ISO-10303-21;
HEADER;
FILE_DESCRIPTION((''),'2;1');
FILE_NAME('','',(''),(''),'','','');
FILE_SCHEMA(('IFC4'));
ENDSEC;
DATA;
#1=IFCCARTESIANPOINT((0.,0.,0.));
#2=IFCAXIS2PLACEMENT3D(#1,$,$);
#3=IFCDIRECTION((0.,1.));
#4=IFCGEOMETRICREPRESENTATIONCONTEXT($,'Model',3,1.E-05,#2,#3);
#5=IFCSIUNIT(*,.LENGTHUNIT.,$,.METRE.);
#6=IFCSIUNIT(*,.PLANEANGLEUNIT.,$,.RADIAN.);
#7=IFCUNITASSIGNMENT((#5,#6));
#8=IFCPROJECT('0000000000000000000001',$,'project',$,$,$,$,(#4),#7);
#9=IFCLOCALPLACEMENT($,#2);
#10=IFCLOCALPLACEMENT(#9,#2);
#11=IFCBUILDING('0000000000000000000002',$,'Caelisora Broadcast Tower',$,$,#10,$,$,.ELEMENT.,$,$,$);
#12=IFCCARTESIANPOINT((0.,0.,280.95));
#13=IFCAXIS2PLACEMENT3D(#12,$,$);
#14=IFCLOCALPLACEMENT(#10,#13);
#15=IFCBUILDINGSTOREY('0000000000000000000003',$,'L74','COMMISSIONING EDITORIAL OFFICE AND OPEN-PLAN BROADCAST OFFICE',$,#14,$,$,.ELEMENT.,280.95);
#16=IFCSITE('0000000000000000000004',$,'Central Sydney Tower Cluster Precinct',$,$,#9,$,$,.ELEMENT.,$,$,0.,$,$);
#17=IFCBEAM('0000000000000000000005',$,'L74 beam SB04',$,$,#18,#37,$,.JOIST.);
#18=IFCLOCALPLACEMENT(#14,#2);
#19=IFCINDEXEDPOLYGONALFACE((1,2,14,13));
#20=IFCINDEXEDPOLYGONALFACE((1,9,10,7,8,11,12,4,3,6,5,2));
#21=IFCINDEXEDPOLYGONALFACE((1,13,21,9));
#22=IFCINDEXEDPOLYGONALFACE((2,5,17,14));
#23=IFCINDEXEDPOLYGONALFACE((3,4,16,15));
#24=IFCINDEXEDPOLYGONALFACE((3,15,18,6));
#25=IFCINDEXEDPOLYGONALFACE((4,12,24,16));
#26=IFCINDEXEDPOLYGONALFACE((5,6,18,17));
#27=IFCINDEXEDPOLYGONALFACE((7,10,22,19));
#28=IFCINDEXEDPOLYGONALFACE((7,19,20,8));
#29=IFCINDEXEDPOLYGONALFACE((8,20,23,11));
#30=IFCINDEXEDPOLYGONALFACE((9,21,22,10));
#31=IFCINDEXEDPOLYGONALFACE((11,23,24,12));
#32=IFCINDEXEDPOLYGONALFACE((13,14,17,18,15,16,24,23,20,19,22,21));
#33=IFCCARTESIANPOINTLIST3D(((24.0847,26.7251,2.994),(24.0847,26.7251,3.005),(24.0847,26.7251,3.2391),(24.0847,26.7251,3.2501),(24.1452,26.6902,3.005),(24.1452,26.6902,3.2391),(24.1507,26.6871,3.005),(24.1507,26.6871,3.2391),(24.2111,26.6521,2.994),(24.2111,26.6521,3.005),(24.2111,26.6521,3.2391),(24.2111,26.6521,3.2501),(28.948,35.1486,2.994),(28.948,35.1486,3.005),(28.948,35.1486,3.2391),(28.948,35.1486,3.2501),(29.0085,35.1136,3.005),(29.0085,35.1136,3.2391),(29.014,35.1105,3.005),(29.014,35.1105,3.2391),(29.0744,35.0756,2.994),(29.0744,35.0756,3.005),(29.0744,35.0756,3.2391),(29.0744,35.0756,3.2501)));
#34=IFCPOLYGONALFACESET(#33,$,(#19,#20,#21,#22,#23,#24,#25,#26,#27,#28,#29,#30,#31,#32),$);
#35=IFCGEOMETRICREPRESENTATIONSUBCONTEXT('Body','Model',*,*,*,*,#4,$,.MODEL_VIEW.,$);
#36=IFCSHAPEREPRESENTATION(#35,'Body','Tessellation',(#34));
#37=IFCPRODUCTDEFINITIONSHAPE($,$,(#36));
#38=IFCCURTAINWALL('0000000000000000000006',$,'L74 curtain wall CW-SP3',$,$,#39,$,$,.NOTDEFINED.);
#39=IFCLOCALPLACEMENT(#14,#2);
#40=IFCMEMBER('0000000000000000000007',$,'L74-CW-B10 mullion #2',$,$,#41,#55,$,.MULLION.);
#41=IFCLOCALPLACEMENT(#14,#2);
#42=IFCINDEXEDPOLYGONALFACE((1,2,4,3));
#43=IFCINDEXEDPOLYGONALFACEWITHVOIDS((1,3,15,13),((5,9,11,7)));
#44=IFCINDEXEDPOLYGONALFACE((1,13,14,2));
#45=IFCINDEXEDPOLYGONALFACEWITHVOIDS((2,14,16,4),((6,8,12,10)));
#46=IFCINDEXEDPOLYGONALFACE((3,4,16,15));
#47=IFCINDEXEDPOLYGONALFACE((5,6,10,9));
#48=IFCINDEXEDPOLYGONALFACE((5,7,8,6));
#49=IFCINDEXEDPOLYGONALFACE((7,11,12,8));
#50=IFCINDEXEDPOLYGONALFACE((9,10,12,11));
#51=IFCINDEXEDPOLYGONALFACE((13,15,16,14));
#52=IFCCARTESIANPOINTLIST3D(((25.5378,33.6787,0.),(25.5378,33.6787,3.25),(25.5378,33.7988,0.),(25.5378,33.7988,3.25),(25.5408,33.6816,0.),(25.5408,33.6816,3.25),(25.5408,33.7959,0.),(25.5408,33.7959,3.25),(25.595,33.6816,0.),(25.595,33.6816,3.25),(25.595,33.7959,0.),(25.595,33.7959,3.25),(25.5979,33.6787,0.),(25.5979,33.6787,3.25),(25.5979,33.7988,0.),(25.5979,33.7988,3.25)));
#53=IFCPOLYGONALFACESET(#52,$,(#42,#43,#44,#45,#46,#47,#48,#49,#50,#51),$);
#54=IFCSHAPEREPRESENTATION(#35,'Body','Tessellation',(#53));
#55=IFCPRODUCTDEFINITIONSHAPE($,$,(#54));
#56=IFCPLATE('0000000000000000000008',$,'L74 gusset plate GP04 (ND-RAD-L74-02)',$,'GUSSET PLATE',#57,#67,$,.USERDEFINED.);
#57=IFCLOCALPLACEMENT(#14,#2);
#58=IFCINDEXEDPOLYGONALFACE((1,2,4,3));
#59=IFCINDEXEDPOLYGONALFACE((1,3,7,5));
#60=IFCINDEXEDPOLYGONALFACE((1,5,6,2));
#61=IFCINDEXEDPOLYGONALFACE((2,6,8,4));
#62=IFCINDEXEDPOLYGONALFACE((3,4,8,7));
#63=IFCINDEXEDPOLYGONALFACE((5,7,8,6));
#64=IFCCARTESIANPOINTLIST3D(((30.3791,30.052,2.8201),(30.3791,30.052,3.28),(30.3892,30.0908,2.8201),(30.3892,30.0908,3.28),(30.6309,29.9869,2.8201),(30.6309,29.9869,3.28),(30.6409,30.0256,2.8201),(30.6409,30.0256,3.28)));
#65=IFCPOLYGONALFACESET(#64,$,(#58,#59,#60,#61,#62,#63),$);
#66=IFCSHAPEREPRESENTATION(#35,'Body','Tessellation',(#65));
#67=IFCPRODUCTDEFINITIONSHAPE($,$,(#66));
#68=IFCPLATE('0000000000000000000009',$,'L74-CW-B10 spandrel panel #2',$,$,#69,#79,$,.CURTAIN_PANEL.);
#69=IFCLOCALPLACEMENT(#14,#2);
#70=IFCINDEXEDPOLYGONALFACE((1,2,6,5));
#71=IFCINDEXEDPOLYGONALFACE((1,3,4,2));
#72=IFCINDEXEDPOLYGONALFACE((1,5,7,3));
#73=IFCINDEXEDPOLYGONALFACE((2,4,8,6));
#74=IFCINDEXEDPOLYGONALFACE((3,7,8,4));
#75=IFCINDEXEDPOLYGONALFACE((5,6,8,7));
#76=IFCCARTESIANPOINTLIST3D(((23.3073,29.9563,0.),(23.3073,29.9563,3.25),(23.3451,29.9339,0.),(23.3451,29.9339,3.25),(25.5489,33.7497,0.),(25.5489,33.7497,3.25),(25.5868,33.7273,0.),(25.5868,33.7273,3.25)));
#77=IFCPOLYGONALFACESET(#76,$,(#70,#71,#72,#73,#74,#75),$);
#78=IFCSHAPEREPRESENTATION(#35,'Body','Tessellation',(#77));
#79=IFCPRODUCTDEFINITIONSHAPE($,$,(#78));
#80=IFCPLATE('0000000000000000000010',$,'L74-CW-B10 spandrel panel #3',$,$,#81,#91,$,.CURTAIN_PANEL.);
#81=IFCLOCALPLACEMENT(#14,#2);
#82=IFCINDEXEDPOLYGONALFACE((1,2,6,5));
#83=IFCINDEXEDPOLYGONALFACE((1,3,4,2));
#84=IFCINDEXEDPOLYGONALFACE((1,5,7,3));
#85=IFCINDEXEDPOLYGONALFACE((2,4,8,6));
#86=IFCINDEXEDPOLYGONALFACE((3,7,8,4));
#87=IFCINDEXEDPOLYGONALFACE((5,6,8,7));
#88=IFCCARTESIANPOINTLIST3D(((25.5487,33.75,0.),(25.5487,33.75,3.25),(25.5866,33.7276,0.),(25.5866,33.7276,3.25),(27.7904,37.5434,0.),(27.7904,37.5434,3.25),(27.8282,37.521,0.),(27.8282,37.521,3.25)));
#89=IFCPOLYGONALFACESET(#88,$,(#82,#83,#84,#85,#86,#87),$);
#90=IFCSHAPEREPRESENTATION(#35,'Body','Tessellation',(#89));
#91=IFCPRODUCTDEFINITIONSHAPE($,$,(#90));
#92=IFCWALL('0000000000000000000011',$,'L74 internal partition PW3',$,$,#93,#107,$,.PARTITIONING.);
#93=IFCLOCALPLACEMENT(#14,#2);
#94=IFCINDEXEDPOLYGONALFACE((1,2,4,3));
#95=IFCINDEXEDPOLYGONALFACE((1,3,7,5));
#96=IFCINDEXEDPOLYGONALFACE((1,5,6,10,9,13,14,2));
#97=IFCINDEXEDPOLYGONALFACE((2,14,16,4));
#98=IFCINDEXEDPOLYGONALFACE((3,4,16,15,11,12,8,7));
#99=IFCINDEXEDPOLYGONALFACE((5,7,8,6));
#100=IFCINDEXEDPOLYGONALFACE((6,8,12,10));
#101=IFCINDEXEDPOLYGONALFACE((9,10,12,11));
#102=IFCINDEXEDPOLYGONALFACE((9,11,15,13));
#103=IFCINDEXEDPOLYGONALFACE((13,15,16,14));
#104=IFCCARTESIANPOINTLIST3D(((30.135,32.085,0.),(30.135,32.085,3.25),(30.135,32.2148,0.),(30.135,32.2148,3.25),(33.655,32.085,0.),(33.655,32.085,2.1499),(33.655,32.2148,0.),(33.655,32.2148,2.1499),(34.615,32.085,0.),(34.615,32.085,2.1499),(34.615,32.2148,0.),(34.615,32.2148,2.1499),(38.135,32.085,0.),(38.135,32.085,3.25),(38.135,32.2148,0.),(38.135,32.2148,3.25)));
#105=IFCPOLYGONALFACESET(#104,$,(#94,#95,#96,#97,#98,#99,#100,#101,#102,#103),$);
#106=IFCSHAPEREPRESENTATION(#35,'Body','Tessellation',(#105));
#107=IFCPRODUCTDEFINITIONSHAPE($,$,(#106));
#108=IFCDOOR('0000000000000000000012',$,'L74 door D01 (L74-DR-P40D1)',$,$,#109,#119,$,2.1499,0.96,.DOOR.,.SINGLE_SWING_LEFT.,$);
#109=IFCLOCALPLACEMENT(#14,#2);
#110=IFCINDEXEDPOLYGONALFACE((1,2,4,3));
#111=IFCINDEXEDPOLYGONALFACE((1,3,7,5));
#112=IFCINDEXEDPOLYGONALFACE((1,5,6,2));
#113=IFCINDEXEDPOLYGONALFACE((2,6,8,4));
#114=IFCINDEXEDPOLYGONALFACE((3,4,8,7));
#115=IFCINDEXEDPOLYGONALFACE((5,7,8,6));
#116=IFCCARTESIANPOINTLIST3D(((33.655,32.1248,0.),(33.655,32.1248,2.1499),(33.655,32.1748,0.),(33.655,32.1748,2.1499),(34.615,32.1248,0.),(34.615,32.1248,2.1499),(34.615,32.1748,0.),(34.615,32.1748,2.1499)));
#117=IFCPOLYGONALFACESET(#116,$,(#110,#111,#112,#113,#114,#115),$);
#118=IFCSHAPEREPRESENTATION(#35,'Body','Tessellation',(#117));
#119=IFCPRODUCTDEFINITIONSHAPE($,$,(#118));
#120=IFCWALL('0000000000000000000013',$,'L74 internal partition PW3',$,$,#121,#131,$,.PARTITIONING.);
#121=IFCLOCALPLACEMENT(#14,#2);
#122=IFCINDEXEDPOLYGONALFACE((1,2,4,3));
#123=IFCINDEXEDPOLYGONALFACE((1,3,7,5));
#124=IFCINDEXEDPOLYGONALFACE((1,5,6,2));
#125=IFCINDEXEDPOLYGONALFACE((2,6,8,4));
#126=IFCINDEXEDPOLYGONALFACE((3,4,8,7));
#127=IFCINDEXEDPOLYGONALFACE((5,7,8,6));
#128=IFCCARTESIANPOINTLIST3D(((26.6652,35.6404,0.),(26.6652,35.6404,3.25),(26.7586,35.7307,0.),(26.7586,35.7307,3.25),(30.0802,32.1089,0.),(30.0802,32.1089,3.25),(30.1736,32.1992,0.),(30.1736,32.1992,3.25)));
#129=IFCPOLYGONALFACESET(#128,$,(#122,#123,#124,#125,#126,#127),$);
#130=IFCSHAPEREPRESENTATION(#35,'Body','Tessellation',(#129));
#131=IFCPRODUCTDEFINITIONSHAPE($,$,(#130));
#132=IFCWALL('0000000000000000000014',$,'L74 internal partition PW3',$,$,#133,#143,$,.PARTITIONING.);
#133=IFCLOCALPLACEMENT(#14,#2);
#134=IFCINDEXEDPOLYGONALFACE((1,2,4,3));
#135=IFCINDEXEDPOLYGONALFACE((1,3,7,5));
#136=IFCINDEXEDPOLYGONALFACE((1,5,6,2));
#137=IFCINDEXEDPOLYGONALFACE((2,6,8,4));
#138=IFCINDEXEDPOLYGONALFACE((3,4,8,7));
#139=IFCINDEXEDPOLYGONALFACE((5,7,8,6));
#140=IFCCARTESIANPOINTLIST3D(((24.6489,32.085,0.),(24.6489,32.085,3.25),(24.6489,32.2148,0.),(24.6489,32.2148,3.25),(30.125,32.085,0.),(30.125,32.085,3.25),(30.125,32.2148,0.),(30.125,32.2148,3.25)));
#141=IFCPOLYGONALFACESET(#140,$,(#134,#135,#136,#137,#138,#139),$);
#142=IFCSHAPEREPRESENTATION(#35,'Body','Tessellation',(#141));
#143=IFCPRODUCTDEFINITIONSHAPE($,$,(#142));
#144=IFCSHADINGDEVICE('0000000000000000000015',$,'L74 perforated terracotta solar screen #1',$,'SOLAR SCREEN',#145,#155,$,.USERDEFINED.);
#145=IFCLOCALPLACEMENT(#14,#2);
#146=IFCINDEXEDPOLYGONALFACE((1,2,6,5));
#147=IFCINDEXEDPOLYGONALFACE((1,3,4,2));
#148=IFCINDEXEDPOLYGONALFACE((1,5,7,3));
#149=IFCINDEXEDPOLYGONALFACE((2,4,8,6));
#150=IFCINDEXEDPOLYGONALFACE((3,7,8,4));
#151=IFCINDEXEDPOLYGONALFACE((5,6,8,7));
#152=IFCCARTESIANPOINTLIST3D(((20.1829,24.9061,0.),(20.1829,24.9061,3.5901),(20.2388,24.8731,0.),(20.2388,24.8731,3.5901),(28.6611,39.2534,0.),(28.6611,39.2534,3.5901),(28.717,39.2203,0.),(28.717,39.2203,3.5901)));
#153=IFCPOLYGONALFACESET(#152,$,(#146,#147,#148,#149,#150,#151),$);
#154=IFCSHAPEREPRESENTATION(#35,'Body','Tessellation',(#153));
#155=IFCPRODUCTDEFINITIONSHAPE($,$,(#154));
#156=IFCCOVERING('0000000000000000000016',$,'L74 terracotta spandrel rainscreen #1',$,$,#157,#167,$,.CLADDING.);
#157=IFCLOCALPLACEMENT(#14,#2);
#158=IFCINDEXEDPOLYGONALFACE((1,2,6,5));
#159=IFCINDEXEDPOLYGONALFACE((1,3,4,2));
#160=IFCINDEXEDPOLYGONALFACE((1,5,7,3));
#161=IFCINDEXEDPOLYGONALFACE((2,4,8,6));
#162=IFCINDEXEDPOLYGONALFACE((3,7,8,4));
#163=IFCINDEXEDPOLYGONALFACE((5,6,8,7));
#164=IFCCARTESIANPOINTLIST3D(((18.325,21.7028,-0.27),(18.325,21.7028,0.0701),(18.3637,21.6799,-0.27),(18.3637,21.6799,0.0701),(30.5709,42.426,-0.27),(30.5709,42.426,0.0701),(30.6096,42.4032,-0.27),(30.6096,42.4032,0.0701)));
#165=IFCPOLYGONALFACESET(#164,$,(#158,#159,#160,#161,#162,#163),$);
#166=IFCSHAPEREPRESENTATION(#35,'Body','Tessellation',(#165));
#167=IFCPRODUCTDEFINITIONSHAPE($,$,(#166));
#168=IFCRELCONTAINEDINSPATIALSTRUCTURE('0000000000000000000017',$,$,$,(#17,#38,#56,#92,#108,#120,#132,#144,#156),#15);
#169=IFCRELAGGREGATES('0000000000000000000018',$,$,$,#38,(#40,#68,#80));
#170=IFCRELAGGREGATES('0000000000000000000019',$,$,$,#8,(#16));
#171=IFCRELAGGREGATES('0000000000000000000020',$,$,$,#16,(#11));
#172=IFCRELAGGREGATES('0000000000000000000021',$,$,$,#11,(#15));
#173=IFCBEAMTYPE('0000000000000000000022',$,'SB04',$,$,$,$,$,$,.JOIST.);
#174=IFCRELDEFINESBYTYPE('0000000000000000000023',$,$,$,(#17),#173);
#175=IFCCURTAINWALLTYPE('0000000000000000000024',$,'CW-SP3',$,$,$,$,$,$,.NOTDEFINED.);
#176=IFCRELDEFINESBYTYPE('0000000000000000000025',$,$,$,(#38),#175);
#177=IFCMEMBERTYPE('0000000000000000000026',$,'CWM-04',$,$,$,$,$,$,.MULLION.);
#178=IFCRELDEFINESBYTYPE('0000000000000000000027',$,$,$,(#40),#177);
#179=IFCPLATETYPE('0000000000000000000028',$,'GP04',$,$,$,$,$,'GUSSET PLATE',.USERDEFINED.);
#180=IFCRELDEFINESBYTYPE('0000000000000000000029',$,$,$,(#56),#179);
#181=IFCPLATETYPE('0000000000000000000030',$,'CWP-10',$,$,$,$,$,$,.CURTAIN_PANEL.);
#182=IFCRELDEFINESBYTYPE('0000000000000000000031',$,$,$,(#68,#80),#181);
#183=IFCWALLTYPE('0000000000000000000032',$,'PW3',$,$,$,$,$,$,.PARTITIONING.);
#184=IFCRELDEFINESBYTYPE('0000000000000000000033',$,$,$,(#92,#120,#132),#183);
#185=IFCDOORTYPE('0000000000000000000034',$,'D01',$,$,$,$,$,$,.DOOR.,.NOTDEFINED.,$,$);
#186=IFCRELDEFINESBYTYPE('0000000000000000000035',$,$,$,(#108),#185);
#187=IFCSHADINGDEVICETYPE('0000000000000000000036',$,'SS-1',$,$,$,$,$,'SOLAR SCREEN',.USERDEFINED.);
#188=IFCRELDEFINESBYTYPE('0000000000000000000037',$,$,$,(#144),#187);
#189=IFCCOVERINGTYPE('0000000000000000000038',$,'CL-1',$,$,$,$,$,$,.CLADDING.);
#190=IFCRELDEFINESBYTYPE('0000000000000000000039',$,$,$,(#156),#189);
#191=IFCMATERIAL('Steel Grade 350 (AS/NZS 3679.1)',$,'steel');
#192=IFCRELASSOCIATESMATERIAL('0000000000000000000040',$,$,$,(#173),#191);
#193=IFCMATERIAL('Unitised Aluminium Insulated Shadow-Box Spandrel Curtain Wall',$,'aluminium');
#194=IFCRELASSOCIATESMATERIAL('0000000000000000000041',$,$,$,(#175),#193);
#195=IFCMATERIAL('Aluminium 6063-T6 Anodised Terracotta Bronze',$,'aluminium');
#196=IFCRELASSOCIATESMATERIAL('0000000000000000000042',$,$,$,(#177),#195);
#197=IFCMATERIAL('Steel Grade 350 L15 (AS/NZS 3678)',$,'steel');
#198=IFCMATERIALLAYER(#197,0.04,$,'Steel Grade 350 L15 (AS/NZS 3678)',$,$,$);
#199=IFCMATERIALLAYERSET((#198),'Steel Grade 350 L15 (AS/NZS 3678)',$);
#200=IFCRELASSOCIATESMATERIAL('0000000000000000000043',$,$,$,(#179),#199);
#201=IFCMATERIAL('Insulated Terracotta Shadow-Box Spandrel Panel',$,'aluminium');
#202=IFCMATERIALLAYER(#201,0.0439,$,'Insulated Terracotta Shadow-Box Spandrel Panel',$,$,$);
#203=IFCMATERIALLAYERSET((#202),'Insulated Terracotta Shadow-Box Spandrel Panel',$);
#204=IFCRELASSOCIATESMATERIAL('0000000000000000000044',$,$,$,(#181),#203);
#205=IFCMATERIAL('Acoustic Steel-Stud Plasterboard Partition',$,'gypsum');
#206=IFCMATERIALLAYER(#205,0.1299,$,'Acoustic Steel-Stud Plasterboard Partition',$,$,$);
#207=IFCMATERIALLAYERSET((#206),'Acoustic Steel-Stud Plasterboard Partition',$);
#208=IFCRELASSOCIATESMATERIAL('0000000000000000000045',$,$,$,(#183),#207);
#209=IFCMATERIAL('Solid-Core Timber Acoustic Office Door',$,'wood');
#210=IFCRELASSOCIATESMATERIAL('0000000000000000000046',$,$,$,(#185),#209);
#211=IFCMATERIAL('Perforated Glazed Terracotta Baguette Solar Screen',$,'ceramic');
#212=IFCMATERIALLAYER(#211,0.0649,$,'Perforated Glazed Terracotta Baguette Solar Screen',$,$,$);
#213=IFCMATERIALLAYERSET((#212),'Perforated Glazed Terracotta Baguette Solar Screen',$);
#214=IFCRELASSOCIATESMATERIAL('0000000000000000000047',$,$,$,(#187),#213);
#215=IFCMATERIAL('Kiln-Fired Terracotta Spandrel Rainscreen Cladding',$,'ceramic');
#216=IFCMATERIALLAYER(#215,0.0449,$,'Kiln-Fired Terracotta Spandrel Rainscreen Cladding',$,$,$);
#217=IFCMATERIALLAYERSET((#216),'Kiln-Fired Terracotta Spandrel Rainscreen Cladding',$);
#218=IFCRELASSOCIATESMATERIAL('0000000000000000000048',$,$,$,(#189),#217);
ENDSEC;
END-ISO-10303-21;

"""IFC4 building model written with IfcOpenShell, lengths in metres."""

from ifc_helpers import new_model, si_unit, direction, frame, frame_2d, origin, origin_2d, place, context, subcontext, project, spatial, rectangle, hollow_rectangle, i_section, extrude, source, transform, mapped, material, layer, layer_set, material_profile, profile_set, type_object, type_shapes, element, fill, aggregate, save


model = new_model("IFC4")

# Units and contexts
model_context = context("Model", 3, precision=1e-05, world=origin(), true_north=direction((0.0, 1.0)))
body_context = subcontext(model_context, "Body", "Model", "MODEL_VIEW")
ifc_project = project(units=[si_unit("LENGTHUNIT", "METRE"), si_unit("PLANEANGLEUNIT", "RADIAN")], contexts=[model_context])

# Site, building, storey
site_placement = place(None, origin())
site = spatial("IfcSite", under=ifc_project, at=site_placement, Name="Central Sydney Tower Cluster Precinct", CompositionType="ELEMENT", RefElevation=0.0)
building_placement = place(site_placement, origin())
building = spatial("IfcBuilding", under=site, at=building_placement, Name="Caelisora Broadcast Tower", CompositionType="ELEMENT")
storey_placement = place(building_placement, frame((0.0, 0.0, 280.95)))
storey = spatial("IfcBuildingStorey", under=building, at=storey_placement, Name="L74", Description="COMMISSIONING EDITORIAL OFFICE AND OPEN-PLAN BROADCAST OFFICE", CompositionType="ELEMENT", Elevation=280.95)

# Shared definitions
ifc_material_1 = material(Name="Steel Grade 350 L15 (AS/NZS 3678)", Category="steel")

# Beam
ifc_material_2 = material(Name="Steel Grade 350 (AS/NZS 3679.1)", Category="steel")
ifc_material_profile_1 = material_profile(ifc_material_2, i_section(OverallWidth=0.146, OverallDepth=0.2561, WebThickness=0.0063, FlangeThickness=0.011, at=origin_2d()), Name="Steel Grade 350 (AS/NZS 3679.1)")
ifc_profile_set_1 = profile_set([ifc_material_profile_1], Name="Steel Grade 350 (AS/NZS 3679.1)")
beam_type_1 = type_object("IfcBeamType", Name="SB04", PredefinedType="JOIST", material=ifc_profile_set_1)
shared_shape_1 = source(origin(), body_context, "Body", "SweptSolid", [
    extrude(i_section(OverallWidth=0.146, OverallDepth=0.2561, WebThickness=0.0063, FlangeThickness=0.011, at=origin_2d()), origin(), (0.0, 0.0, 1.0), 9.7266),
])
beam_1_placement = place(storey_placement, frame((29.0112, 35.1121, 3.1221), z_axis=(-0.500005, -0.866023, 0.0), x_axis=(0.866023, -0.500005, 0.0)))
element("IfcBeam", 1, at=beam_1_placement, inside=storey, type_object=beam_type_1, Name="L74 beam SB04", PredefinedType="JOIST", context=body_context, shape_type="MappedRepresentation", body=[
    mapped(shared_shape_1, transform((0.0, 0.0, 0.0), scale=1.0)),
])

# Curtain wall, member
ifc_material_3 = material(Name="Unitised Aluminium Insulated Shadow-Box Spandrel Curtain Wall", Category="aluminium")
curtain_wall_type = type_object("IfcCurtainWallType", Name="CW-SP3", PredefinedType="NOTDEFINED", material=ifc_material_3)
curtain_wall_placement = place(storey_placement, origin())
curtain_wall = element("IfcCurtainWall", 2, at=curtain_wall_placement, inside=storey, type_object=curtain_wall_type, Name="L74 curtain wall CW-SP3", PredefinedType="NOTDEFINED")
ifc_material_4 = material(Name="Aluminium 6063-T6 Anodised Terracotta Bronze", Category="aluminium")
ifc_material_profile_2 = material_profile(ifc_material_4, hollow_rectangle(XDim=0.0601, YDim=0.1201, WallThickness=0.0029, at=origin_2d()), Name="Aluminium 6063-T6 Anodised Terracotta Bronze")
ifc_profile_set_2 = profile_set([ifc_material_profile_2], Name="Aluminium 6063-T6 Anodised Terracotta Bronze")
member_type = type_object("IfcMemberType", Name="CWM-04", PredefinedType="MULLION", material=ifc_profile_set_2)
shared_shape_2 = source(origin(), body_context, "Body", "SweptSolid", [
    extrude(hollow_rectangle(XDim=0.0601, YDim=0.1201, WallThickness=0.0029, at=origin_2d()), origin(), (0.0, 0.0, 1.0), 3.25),
])
type_shapes(member_type, [shared_shape_2])
member_placement = place(storey_placement, frame((25.5679, 33.7388, 0.0), z_axis=(0.0, 0.0, 1.0), x_axis=(1.0, 0.0, 0.0)))
member = element("IfcMember", 3, at=member_placement, type_object=member_type, Name="L74-CW-B10 mullion #2", PredefinedType="MULLION", context=body_context, shape_type="MappedRepresentation", body=[
    mapped(shared_shape_2, transform((0.0, 0.0, 0.0), scale=1.0)),
])

# Plates
ifc_layer_1 = layer(ifc_material_1, 0.04, Name="Steel Grade 350 L15 (AS/NZS 3678)")
ifc_layer_set_1 = layer_set([ifc_layer_1], Name="Steel Grade 350 L15 (AS/NZS 3678)")
plate_type_1 = type_object("IfcPlateType", Name="GP04", ElementType="GUSSET PLATE", PredefinedType="USERDEFINED", material=ifc_layer_set_1)
shared_shape_3 = source(origin(), body_context, "Body", "SweptSolid", [
    extrude(rectangle(XDim=0.26, YDim=0.04, at=origin_2d()), origin(), (0.0, 0.0, 1.0), 0.46),
])
type_shapes(plate_type_1, [shared_shape_3])
plate_1_placement = place(storey_placement, frame((30.51, 30.0388, 2.8201), z_axis=(0.0, 0.0, 1.0), x_axis=(-0.968104, 0.250549, 0.0)))
element("IfcPlate", 4, at=plate_1_placement, inside=storey, type_object=plate_type_1, Name="L74 gusset plate GP04 (ND-RAD-L74-02)", ObjectType="GUSSET PLATE", PredefinedType="USERDEFINED", context=body_context, shape_type="MappedRepresentation", body=[
    mapped(shared_shape_3, transform((0.0, 0.0, 0.0), scale=1.0)),
])
ifc_material_5 = material(Name="Insulated Terracotta Shadow-Box Spandrel Panel", Category="aluminium")
ifc_layer_2 = layer(ifc_material_5, 0.0439, Name="Insulated Terracotta Shadow-Box Spandrel Panel")
ifc_layer_set_2 = layer_set([ifc_layer_2], Name="Insulated Terracotta Shadow-Box Spandrel Panel")
plate_type_2 = type_object("IfcPlateType", Name="CWP-10", PredefinedType="CURTAIN_PANEL", material=ifc_layer_set_2)
shared_shape_4 = source(origin(), body_context, "Body", "SweptSolid", [
    extrude(rectangle(XDim=4.4062, YDim=0.0439, at=origin_2d()), origin(), (0.0, 0.0, 1.0), 3.25),
])
type_shapes(plate_type_2, [shared_shape_4])
plate_2_placement = place(storey_placement, frame((24.447, 31.8418, 0.0), z_axis=(0.0, 0.0, 1.0), x_axis=(0.508741, 0.86092, 0.0)))
plate_2 = element("IfcPlate", 5, at=plate_2_placement, type_object=plate_type_2, Name="L74-CW-B10 spandrel panel #2", PredefinedType="CURTAIN_PANEL", context=body_context, shape_type="MappedRepresentation", body=[
    mapped(shared_shape_4, transform((0.0, 0.0, 0.0), scale=1.0)),
])
plate_3_placement = place(storey_placement, frame((26.6885, 35.6355, 0.0), z_axis=(0.0, 0.0, 1.0), x_axis=(0.508741, 0.86092, 0.0)))
plate_3 = element("IfcPlate", 6, at=plate_3_placement, type_object=plate_type_2, Name="L74-CW-B10 spandrel panel #3", PredefinedType="CURTAIN_PANEL", context=body_context, shape_type="MappedRepresentation", body=[
    mapped(shared_shape_4, transform((0.0, 0.0, 0.0), scale=1.0)),
])
aggregate(curtain_wall, [member, plate_2, plate_3])

# Wall, opening, door
ifc_material_6 = material(Name="Acoustic Steel-Stud Plasterboard Partition", Category="gypsum")
ifc_layer_3 = layer(ifc_material_6, 0.1299, Name="Acoustic Steel-Stud Plasterboard Partition")
ifc_layer_set_3 = layer_set([ifc_layer_3], Name="Acoustic Steel-Stud Plasterboard Partition")
wall_type = type_object("IfcWallType", Name="PW3", PredefinedType="PARTITIONING", material=ifc_layer_set_3)
wall_1_placement = place(storey_placement, frame((30.135, 32.1499, 0.0), z_axis=(0.0, 0.0, 1.0), x_axis=(1.0, 0.0, 0.0)))
wall_1 = element("IfcWall", 7, at=wall_1_placement, inside=storey, type_object=wall_type, Name="L74 internal partition PW3", PredefinedType="PARTITIONING", context=body_context, shape_type="SweptSolid", body=[
    extrude(rectangle(XDim=8.0, YDim=0.1299, at=frame_2d((4.0, 0.0))), origin(), (0.0, 0.0, 1.0), 3.25),
])
opening_placement = place(wall_1_placement, frame((3.52, 0.0, 0.0)))
opening = element("IfcOpeningElement", 8, at=opening_placement, cuts=wall_1, PredefinedType="OPENING", context=body_context, shape_type="SweptSolid", body=[
    extrude(rectangle(XDim=0.96, YDim=2.1499, at=frame_2d((0.48, 1.075))), frame((0.0, 0.0769, 0.0), z_axis=(0.0, -1.0, 0.0), x_axis=(1.0, 0.0, 0.0)), (0.0, 0.0, 1.0), 0.1538),
])
ifc_material_7 = material(Name="Solid-Core Timber Acoustic Office Door", Category="wood")
door_type = type_object("IfcDoorType", Name="D01", OperationType="NOTDEFINED", PredefinedType="DOOR", material=ifc_material_7)
door_placement = place(opening_placement, origin())
door = element("IfcDoor", 9, at=door_placement, inside=storey, type_object=door_type, Name="L74 door D01 (L74-DR-P40D1)", OperationType="SINGLE_SWING_LEFT", OverallHeight=2.1499, OverallWidth=0.96, PredefinedType="DOOR", context=body_context, shape_type="SweptSolid", body=[
    extrude(rectangle(XDim=0.96, YDim=2.1499, at=frame_2d((0.48, 1.075))), frame((0.0, 0.0249, 0.0), z_axis=(0.0, -1.0, 0.0), x_axis=(1.0, 0.0, 0.0)), (0.0, 0.0, 1.0), 0.05),
])
fill(opening, door)

# Walls
wall_2_placement = place(storey_placement, frame((26.7119, 35.6855, 0.0), z_axis=(0.0, 0.0, 1.0), x_axis=(0.695155, -0.71886, 0.0)))
element("IfcWall", 10, at=wall_2_placement, inside=storey, type_object=wall_type, Name="L74 internal partition PW3", PredefinedType="PARTITIONING", context=body_context, shape_type="SweptSolid", body=[
    extrude(rectangle(XDim=4.9126, YDim=0.1299, at=frame_2d((2.4563, 0.0))), origin(), (0.0, 0.0, 1.0), 3.25),
])
wall_3_placement = place(storey_placement, frame((24.6489, 32.1499, 0.0), z_axis=(0.0, 0.0, 1.0), x_axis=(1.0, 0.0, 0.0)))
element("IfcWall", 11, at=wall_3_placement, inside=storey, type_object=wall_type, Name="L74 internal partition PW3", PredefinedType="PARTITIONING", context=body_context, shape_type="SweptSolid", body=[
    extrude(rectangle(XDim=5.4761, YDim=0.1299, at=frame_2d((2.738, 0.0))), origin(), (0.0, 0.0, 1.0), 3.25),
])

# Shading device
ifc_material_8 = material(Name="Perforated Glazed Terracotta Baguette Solar Screen", Category="ceramic")
ifc_layer_4 = layer(ifc_material_8, 0.0649, Name="Perforated Glazed Terracotta Baguette Solar Screen")
ifc_layer_set_4 = layer_set([ifc_layer_4], Name="Perforated Glazed Terracotta Baguette Solar Screen")
shading_device_type = type_object("IfcShadingDeviceType", Name="SS-1", ElementType="SOLAR SCREEN", PredefinedType="USERDEFINED", material=ifc_layer_set_4)
shared_shape_5 = source(origin(), body_context, "Body", "SweptSolid", [
    extrude(rectangle(XDim=16.665, YDim=0.0649, at=origin_2d()), origin(), (0.0, 0.0, 1.0), 3.5901),
])
type_shapes(shading_device_type, [shared_shape_5])
shading_device_placement = place(storey_placement, frame((24.45, 32.0632, 0.0), z_axis=(0.0, 0.0, 1.0), x_axis=(-0.508741, -0.86092, 0.0)))
element("IfcShadingDevice", 12, at=shading_device_placement, inside=storey, type_object=shading_device_type, Name="L74 perforated terracotta solar screen #1", ObjectType="SOLAR SCREEN", PredefinedType="USERDEFINED", context=body_context, shape_type="MappedRepresentation", body=[
    mapped(shared_shape_5, transform((0.0, 0.0, 0.0), scale=1.0)),
])

# Covering
ifc_material_9 = material(Name="Kiln-Fired Terracotta Spandrel Rainscreen Cladding", Category="ceramic")
ifc_layer_5 = layer(ifc_material_9, 0.0449, Name="Kiln-Fired Terracotta Spandrel Rainscreen Cladding")
ifc_layer_set_5 = layer_set([ifc_layer_5], Name="Kiln-Fired Terracotta Spandrel Rainscreen Cladding")
covering_type = type_object("IfcCoveringType", Name="CL-1", PredefinedType="CLADDING", material=ifc_layer_set_5)
shared_shape_6 = source(origin(), body_context, "Body", "SweptSolid", [
    extrude(rectangle(XDim=24.071, YDim=0.0449, at=origin_2d()), origin(), (0.0, 0.0, 1.0), 0.3401),
])
type_shapes(covering_type, [shared_shape_6])
covering_placement = place(storey_placement, frame((24.4673, 32.053, -0.27), z_axis=(0.0, 0.0, 1.0), x_axis=(-0.508741, -0.86092, 0.0)))
element("IfcCovering", 13, at=covering_placement, inside=storey, type_object=covering_type, Name="L74 terracotta spandrel rainscreen #1", PredefinedType="CLADDING", context=body_context, shape_type="MappedRepresentation", body=[
    mapped(shared_shape_6, transform((0.0, 0.0, 0.0), scale=1.0)),
])

save(model, "model.ifc")
